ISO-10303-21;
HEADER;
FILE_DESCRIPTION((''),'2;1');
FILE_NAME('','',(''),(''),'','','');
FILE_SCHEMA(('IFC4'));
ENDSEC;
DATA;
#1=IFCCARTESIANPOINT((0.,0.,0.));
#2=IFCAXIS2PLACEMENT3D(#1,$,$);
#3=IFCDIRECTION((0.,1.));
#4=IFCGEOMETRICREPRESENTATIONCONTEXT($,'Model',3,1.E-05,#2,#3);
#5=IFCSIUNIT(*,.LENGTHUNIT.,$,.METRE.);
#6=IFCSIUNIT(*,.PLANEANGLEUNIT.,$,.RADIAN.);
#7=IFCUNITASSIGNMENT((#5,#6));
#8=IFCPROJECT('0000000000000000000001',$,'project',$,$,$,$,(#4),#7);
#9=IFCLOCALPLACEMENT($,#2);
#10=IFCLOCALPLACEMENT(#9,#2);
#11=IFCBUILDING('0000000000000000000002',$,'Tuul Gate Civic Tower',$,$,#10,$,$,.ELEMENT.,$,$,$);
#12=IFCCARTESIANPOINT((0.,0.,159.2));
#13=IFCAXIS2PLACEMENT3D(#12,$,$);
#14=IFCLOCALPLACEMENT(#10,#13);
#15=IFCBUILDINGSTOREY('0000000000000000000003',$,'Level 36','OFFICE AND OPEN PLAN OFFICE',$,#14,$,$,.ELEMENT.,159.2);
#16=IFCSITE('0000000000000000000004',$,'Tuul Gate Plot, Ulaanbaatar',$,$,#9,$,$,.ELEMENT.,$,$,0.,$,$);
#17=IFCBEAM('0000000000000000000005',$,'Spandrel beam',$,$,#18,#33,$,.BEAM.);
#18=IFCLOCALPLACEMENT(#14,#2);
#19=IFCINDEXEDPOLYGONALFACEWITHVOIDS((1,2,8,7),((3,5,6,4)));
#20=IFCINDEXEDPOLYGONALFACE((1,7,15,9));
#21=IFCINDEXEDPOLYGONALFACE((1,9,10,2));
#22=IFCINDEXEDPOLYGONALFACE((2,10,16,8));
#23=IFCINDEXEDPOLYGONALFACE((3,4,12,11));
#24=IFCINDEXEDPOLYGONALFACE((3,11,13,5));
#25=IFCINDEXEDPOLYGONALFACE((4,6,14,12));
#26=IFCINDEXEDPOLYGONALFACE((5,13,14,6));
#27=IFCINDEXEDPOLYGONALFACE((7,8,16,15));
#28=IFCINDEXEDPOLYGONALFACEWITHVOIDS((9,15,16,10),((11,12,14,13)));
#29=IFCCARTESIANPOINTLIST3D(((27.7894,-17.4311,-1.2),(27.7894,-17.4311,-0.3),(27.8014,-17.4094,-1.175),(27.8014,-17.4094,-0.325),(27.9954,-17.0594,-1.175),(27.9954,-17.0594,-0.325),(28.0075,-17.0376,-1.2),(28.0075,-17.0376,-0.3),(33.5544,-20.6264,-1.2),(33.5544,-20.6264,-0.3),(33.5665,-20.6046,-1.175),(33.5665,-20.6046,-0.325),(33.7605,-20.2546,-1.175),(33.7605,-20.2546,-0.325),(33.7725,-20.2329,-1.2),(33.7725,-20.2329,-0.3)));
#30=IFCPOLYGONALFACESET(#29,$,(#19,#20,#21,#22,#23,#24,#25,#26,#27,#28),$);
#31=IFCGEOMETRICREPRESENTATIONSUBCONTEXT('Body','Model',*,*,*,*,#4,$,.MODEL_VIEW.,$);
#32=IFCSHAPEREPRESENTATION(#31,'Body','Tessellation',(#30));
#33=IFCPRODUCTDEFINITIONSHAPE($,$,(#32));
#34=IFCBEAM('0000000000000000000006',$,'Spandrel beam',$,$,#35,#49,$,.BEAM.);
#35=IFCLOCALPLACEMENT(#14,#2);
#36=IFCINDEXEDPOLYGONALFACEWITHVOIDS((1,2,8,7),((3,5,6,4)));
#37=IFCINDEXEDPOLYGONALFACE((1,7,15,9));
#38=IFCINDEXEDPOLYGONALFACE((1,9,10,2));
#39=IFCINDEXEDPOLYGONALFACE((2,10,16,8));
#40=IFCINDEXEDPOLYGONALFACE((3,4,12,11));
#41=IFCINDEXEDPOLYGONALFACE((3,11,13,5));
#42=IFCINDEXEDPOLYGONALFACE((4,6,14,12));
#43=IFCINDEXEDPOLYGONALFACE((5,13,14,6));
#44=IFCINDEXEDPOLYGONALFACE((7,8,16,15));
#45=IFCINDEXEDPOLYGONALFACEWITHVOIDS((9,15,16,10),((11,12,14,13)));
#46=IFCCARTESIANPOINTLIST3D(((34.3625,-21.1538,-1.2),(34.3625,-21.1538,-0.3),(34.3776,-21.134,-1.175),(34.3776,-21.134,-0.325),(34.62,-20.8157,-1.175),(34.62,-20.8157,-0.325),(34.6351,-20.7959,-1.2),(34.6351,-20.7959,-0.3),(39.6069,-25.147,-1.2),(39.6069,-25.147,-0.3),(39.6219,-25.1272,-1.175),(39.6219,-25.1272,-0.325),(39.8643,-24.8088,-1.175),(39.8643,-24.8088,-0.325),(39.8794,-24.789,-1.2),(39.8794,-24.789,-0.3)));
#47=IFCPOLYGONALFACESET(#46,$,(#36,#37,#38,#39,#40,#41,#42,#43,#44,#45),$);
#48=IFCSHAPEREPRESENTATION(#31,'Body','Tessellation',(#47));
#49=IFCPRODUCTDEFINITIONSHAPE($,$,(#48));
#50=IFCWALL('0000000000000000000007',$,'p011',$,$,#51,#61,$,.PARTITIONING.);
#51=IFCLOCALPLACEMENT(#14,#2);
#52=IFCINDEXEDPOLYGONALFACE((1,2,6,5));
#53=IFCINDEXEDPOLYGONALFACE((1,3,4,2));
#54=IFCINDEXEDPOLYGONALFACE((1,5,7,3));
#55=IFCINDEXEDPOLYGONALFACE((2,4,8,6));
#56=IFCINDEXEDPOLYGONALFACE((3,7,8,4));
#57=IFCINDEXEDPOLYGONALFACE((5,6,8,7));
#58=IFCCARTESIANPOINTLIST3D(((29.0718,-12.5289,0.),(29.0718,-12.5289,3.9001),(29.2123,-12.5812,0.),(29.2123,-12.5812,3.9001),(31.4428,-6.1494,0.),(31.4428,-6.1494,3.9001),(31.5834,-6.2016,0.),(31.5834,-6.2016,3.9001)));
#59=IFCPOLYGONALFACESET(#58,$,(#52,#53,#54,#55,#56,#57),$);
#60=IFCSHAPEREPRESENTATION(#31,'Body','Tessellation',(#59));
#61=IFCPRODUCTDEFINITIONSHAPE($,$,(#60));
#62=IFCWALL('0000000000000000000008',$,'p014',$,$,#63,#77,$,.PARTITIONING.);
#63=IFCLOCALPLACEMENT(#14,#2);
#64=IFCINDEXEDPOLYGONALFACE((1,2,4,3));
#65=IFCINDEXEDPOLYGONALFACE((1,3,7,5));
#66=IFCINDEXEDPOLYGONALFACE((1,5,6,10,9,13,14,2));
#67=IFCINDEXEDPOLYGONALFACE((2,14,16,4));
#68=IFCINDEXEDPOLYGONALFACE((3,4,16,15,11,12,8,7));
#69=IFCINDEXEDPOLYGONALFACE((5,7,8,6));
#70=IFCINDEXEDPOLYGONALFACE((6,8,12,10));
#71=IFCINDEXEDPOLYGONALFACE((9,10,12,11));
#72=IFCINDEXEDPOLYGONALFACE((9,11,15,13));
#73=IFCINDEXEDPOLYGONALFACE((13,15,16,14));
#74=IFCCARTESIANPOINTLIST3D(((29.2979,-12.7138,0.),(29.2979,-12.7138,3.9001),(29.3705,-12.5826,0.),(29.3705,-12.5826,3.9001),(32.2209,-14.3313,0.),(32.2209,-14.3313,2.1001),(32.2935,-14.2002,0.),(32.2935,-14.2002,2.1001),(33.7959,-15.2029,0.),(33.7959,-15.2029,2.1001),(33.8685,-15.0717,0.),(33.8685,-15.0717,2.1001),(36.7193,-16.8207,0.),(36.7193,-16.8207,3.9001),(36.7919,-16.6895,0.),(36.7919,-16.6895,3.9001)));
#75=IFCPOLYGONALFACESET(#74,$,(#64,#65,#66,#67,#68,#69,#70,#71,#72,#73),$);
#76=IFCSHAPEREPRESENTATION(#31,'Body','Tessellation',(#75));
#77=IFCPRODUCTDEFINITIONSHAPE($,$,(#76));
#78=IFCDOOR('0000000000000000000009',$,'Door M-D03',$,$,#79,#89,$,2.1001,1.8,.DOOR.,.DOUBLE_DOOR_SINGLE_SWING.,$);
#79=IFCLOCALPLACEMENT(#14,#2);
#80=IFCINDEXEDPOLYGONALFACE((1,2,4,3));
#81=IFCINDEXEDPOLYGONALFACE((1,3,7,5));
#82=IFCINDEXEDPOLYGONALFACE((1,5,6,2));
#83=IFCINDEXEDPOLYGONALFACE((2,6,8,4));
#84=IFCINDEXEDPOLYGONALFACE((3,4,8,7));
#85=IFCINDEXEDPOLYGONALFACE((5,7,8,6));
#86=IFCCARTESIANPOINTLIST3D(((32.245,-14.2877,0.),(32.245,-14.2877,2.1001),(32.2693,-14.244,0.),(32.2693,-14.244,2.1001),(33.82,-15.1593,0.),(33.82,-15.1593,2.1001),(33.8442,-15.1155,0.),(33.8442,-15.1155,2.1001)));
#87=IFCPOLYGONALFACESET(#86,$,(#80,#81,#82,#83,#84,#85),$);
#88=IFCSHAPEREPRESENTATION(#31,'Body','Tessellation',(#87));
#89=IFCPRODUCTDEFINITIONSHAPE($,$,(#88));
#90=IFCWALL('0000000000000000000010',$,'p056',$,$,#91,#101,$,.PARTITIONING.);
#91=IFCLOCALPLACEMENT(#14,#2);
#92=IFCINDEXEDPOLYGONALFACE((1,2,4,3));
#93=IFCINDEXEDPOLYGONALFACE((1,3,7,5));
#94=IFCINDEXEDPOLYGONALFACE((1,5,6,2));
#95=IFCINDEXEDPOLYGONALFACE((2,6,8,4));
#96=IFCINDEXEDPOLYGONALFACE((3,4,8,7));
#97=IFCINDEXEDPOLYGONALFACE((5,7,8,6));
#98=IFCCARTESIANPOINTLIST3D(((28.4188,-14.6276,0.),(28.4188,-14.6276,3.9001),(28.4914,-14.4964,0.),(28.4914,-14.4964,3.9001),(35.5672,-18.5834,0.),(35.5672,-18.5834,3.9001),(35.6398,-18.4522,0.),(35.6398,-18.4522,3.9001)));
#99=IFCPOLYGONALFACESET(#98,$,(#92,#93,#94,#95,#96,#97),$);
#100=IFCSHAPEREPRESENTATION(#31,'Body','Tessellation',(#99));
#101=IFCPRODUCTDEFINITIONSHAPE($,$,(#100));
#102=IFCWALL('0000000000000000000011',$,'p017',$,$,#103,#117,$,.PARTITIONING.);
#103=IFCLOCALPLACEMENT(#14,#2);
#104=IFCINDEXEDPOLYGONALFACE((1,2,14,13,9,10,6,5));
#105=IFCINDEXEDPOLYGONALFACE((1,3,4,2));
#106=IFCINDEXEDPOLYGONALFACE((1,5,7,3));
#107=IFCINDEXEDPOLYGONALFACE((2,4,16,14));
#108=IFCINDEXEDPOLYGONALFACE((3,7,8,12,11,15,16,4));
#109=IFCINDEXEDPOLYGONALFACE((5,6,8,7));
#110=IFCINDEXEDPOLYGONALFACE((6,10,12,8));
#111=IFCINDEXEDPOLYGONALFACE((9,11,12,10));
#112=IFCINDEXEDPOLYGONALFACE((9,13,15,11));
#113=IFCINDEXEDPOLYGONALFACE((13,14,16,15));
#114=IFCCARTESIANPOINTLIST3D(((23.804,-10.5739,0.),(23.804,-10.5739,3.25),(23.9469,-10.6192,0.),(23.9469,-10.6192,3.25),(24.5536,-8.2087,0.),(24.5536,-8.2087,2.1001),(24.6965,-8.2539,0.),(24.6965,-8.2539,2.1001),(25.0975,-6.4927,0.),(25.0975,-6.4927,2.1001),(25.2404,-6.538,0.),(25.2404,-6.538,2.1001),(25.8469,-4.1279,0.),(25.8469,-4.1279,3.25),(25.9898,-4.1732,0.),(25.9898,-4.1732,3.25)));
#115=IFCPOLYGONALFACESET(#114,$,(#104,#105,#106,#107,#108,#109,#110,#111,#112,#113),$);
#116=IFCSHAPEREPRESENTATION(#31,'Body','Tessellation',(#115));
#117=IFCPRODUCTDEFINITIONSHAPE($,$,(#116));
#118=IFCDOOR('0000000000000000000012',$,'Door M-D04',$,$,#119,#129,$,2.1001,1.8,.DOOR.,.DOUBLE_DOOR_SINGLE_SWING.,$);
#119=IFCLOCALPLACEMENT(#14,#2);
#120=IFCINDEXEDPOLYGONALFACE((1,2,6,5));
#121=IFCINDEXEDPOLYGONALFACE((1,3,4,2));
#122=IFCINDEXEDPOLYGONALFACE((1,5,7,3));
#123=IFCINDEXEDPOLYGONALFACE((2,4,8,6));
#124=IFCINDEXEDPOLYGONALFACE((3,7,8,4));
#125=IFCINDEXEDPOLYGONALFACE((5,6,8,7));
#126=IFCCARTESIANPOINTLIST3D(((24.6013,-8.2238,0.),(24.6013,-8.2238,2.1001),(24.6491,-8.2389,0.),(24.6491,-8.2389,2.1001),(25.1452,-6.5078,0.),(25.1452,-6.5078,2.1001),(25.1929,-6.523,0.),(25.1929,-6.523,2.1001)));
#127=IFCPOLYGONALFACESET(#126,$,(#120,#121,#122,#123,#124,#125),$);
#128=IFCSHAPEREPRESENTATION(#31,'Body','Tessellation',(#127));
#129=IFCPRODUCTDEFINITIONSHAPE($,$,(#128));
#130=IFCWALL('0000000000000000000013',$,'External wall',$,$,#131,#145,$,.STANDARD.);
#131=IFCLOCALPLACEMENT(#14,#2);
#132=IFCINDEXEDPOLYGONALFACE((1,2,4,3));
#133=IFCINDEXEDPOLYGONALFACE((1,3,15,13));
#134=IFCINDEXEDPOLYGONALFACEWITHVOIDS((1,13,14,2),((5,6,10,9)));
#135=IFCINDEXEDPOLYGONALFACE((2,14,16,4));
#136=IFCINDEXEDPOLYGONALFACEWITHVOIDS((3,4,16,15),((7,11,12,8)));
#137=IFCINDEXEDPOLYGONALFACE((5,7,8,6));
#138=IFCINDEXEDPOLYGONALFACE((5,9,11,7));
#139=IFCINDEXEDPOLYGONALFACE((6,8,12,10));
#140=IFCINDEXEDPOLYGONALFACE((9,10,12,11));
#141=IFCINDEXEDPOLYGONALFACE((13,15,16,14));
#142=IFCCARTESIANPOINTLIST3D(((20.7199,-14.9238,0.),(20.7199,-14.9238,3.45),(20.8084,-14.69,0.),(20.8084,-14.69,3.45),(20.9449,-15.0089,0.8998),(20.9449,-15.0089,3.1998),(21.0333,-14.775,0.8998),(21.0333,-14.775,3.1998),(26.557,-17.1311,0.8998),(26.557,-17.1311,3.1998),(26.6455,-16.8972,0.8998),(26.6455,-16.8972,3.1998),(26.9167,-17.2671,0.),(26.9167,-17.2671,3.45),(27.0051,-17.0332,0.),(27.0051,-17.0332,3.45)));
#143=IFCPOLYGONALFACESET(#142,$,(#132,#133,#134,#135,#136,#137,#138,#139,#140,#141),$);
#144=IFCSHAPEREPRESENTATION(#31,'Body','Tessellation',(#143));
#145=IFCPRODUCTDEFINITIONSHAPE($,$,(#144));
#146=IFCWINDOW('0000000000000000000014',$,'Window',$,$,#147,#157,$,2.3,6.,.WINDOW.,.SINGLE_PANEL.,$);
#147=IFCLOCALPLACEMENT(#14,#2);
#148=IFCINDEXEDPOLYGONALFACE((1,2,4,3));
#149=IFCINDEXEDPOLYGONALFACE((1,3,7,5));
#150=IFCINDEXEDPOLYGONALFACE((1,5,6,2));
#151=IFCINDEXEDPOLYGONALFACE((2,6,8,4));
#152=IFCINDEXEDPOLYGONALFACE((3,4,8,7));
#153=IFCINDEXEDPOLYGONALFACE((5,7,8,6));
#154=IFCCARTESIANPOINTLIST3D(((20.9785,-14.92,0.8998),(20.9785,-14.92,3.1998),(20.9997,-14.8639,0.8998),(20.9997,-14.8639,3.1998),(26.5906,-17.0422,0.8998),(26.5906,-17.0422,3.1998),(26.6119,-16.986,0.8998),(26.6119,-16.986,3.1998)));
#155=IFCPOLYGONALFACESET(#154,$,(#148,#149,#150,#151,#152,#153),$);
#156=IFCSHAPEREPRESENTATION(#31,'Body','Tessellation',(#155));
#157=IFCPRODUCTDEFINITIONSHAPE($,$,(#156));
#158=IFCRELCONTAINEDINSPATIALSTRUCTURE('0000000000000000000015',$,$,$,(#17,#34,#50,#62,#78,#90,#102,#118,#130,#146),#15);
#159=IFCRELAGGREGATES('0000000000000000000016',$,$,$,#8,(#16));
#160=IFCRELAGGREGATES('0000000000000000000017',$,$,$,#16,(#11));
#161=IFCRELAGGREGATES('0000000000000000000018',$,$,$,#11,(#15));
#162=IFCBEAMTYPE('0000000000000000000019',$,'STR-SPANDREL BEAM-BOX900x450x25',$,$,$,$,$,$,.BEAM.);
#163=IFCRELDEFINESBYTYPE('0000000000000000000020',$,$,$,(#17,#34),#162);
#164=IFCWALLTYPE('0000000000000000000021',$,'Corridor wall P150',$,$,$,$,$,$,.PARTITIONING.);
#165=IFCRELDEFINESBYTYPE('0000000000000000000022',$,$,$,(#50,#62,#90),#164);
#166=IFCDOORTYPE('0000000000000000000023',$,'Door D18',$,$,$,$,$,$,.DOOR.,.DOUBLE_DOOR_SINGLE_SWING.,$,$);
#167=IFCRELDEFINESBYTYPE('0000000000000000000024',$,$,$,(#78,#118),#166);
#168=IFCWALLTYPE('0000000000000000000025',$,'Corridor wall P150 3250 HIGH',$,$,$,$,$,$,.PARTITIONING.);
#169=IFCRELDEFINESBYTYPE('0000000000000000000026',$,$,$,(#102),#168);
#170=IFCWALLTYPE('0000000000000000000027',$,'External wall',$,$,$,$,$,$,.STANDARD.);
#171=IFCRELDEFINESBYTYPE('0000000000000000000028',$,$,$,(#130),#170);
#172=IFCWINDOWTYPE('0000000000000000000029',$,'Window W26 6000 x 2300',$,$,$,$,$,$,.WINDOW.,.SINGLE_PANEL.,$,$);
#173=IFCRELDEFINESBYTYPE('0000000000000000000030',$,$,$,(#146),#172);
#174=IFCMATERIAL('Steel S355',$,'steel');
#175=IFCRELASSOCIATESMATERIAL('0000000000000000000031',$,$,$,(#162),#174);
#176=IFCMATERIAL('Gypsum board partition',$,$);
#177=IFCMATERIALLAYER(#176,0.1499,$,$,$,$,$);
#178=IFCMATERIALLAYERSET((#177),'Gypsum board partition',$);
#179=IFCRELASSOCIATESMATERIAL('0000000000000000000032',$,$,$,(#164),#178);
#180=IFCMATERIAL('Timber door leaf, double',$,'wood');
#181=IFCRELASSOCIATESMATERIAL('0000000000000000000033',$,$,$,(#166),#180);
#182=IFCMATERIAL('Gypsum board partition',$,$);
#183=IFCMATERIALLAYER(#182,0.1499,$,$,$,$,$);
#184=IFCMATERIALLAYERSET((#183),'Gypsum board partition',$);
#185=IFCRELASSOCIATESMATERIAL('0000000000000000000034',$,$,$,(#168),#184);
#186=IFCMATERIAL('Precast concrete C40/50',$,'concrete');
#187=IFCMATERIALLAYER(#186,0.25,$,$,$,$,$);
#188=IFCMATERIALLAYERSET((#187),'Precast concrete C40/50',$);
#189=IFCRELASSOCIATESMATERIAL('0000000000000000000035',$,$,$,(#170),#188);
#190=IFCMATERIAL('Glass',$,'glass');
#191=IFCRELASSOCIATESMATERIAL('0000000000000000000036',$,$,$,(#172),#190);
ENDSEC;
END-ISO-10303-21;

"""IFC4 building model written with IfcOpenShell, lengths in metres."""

from ifc_helpers import new_model, si_unit, direction, frame, frame_2d, origin, origin_2d, place, context, subcontext, project, spatial, rectangle, hollow_rectangle, extrude, material, layer, layer_set, material_profile, profile_set, type_object, element, fill, save


model = new_model("IFC4")

# Units and contexts
model_context = context("Model", 3, precision=1e-05, world=origin(), true_north=direction((0.0, 1.0)))
body_context = subcontext(model_context, "Body", "Model", "MODEL_VIEW")
ifc_project = project(units=[si_unit("LENGTHUNIT", "METRE"), si_unit("PLANEANGLEUNIT", "RADIAN")], contexts=[model_context])

# Site, building, storey
site_placement = place(None, origin())
site = spatial("IfcSite", under=ifc_project, at=site_placement, Name="Tuul Gate Plot, Ulaanbaatar", CompositionType="ELEMENT", RefElevation=0.0)
building_placement = place(site_placement, origin())
building = spatial("IfcBuilding", under=site, at=building_placement, Name="Tuul Gate Civic Tower", CompositionType="ELEMENT")
storey_placement = place(building_placement, frame((0.0, 0.0, 159.2)))
storey = spatial("IfcBuildingStorey", under=building, at=storey_placement, Name="Level 36", Description="OFFICE AND OPEN PLAN OFFICE", CompositionType="ELEMENT", Elevation=159.2)

# Beams
ifc_material_1 = material(Name="Steel S355", Category="steel")
ifc_material_profile_1 = material_profile(ifc_material_1, hollow_rectangle(XDim=0.45, YDim=0.8999, WallThickness=0.0249, at=origin_2d()), Name="BOX900x450x25")
ifc_profile_set_1 = profile_set([ifc_material_profile_1], Name="Steel S355")
beam_type_1 = type_object("IfcBeamType", Name="STR-SPANDREL BEAM-BOX900x450x25", PredefinedType="BEAM", material=ifc_profile_set_1)
beam_1_placement = place(storey_placement, frame((27.8984, -17.2344, -0.75), z_axis=(0.874643, -0.484768, 0.0), x_axis=(0.484768, 0.874643, 0.0)))
element("IfcBeam", 1, at=beam_1_placement, inside=storey, type_object=beam_type_1, Name="Spandrel beam", PredefinedType="BEAM", context=body_context, shape_type="SweptSolid", body=[
    extrude(hollow_rectangle(XDim=0.45, YDim=0.8999, WallThickness=0.0249, at=origin_2d()), origin(), (0.0, 0.0, 1.0), 6.5913),
])
beam_2_placement = place(storey_placement, frame((34.4988, -20.9749, -0.75), z_axis=(0.795619, -0.605798, 0.0), x_axis=(0.605798, 0.795619, 0.0)))
element("IfcBeam", 2, at=beam_2_placement, inside=storey, type_object=beam_type_1, Name="Spandrel beam", PredefinedType="BEAM", context=body_context, shape_type="SweptSolid", body=[
    extrude(hollow_rectangle(XDim=0.45, YDim=0.8999, WallThickness=0.0249, at=origin_2d()), origin(), (0.0, 0.0, 1.0), 6.5916),
])

# Wall
ifc_material_2 = material(Name="Gypsum board partition")
ifc_layer_1 = layer(ifc_material_2, 0.1499)
ifc_layer_set_1 = layer_set([ifc_layer_1], Name="Gypsum board partition")
wall_type_1 = type_object("IfcWallType", Name="Corridor wall P150", PredefinedType="PARTITIONING", material=ifc_layer_set_1)
wall_1_placement = place(storey_placement, frame((29.1421, -12.5549, 0.0), z_axis=(0.0, 0.0, 1.0), x_axis=(0.348382, 0.937353, 0.0)))
element("IfcWall", 3, at=wall_1_placement, inside=storey, type_object=wall_type_1, Name="p011", PredefinedType="PARTITIONING", context=body_context, shape_type="SweptSolid", body=[
    extrude(rectangle(XDim=6.8059, YDim=0.1499, at=frame_2d((3.4028, 0.0))), origin(), (0.0, 0.0, 1.0), 3.9001),
])

# Wall, opening, door
wall_2_placement = place(storey_placement, frame((29.3342, -12.6482, 0.0), z_axis=(0.0, 0.0, 1.0), x_axis=(0.87496, -0.484195, 0.0)))
wall_2 = element("IfcWall", 4, at=wall_2_placement, inside=storey, type_object=wall_type_1, Name="p014", PredefinedType="PARTITIONING", context=body_context, shape_type="SweptSolid", body=[
    extrude(rectangle(XDim=8.4819, YDim=0.1499, at=frame_2d((4.241, 0.0))), origin(), (0.0, 0.0, 1.0), 3.9001),
])
opening_1_placement = place(wall_2_placement, frame((3.3408, 0.0, 0.0)))
opening_1 = element("IfcOpeningElement", 5, at=opening_1_placement, cuts=wall_2, PredefinedType="OPENING", context=body_context, shape_type="SweptSolid", body=[
    extrude(rectangle(XDim=1.8, YDim=2.1001, at=frame_2d((0.8999, 1.05))), frame((0.0, 0.085, 0.0), z_axis=(0.0, -1.0, 0.0), x_axis=(1.0, 0.0, 0.0)), (0.0, 0.0, 1.0), 0.1699),
])
ifc_material_3 = material(Name="Timber door leaf, double", Category="wood")
door_type = type_object("IfcDoorType", Name="Door D18", OperationType="DOUBLE_DOOR_SINGLE_SWING", PredefinedType="DOOR", material=ifc_material_3)
door_1_placement = place(opening_1_placement, origin())
door_1 = element("IfcDoor", 6, at=door_1_placement, inside=storey, type_object=door_type, Name="Door M-D03", OperationType="DOUBLE_DOOR_SINGLE_SWING", OverallHeight=2.1001, OverallWidth=1.8, PredefinedType="DOOR", context=body_context, shape_type="SweptSolid", body=[
    extrude(rectangle(XDim=1.8, YDim=2.1001, at=frame_2d((0.8999, 1.05))), frame((0.0, 0.0249, 0.0), z_axis=(0.0, -1.0, 0.0), x_axis=(1.0, 0.0, 0.0)), (0.0, 0.0, 1.0), 0.05),
])
fill(opening_1, door_1)

# Wall
wall_3_placement = place(storey_placement, frame((28.4551, -14.562, 0.0), z_axis=(0.0, 0.0, 1.0), x_axis=(0.874964, -0.484188, 0.0)))
element("IfcWall", 7, at=wall_3_placement, inside=storey, type_object=wall_type_1, Name="p056", PredefinedType="PARTITIONING", context=body_context, shape_type="SweptSolid", body=[
    extrude(rectangle(XDim=8.1699, YDim=0.1499, at=frame_2d((4.085, 0.0))), origin(), (0.0, 0.0, 1.0), 3.9001),
])

# Wall, opening, door
ifc_material_4 = material(Name="Gypsum board partition")
ifc_layer_2 = layer(ifc_material_4, 0.1499)
ifc_layer_set_2 = layer_set([ifc_layer_2], Name="Gypsum board partition")
wall_type_2 = type_object("IfcWallType", Name="Corridor wall P150 3250 HIGH", PredefinedType="PARTITIONING", material=ifc_layer_set_2)
wall_4_placement = place(storey_placement, frame((23.8755, -10.5964, 0.0), z_axis=(0.0, 0.0, 1.0), x_axis=(0.302123, 0.953269, 0.0)))
wall_4 = element("IfcWall", 8, at=wall_4_placement, inside=storey, type_object=wall_type_2, Name="p017", PredefinedType="PARTITIONING", context=body_context, shape_type="SweptSolid", body=[
    extrude(rectangle(XDim=6.762, YDim=0.1499, at=frame_2d((3.3809, 0.0))), origin(), (0.0, 0.0, 1.0), 3.25),
])
opening_2_placement = place(wall_4_placement, frame((2.4812, 0.0, 0.0)))
opening_2 = element("IfcOpeningElement", 9, at=opening_2_placement, cuts=wall_4, PredefinedType="OPENING", context=body_context, shape_type="SweptSolid", body=[
    extrude(rectangle(XDim=1.8, YDim=2.1001, at=frame_2d((0.8999, 1.05))), frame((0.0, 0.085, 0.0), z_axis=(0.0, -1.0, 0.0), x_axis=(1.0, 0.0, 0.0)), (0.0, 0.0, 1.0), 0.1699),
])
door_2_placement = place(opening_2_placement, origin())
door_2 = element("IfcDoor", 10, at=door_2_placement, inside=storey, type_object=door_type, Name="Door M-D04", OperationType="DOUBLE_DOOR_SINGLE_SWING", OverallHeight=2.1001, OverallWidth=1.8, PredefinedType="DOOR", context=body_context, shape_type="SweptSolid", body=[
    extrude(rectangle(XDim=1.8, YDim=2.1001, at=frame_2d((0.8999, 1.05))), frame((0.0, 0.0249, 0.0), z_axis=(0.0, -1.0, 0.0), x_axis=(1.0, 0.0, 0.0)), (0.0, 0.0, 1.0), 0.05),
])
fill(opening_2, door_2)

# Wall, opening, window
ifc_material_5 = material(Name="Precast concrete C40/50", Category="concrete")
ifc_layer_3 = layer(ifc_material_5, 0.25)
ifc_layer_set_3 = layer_set([ifc_layer_3], Name="Precast concrete C40/50")
wall_type_3 = type_object("IfcWallType", Name="External wall", PredefinedType="STANDARD", material=ifc_layer_set_3)
wall_5_placement = place(storey_placement, frame((20.7642, -14.8069, 0.0), z_axis=(0.0, 0.0, 1.0), x_axis=(0.935359, -0.353699, 0.0)))
wall_5 = element("IfcWall", 11, at=wall_5_placement, inside=storey, type_object=wall_type_3, Name="External wall", PredefinedType="STANDARD", context=body_context, shape_type="SweptSolid", body=[
    extrude(rectangle(XDim=6.625, YDim=0.25, at=frame_2d((3.3125, 0.0))), origin(), (0.0, 0.0, 1.0), 3.45),
])
opening_3_placement = place(wall_5_placement, frame((0.2405, 0.0, 0.8999)))
opening_3 = element("IfcOpeningElement", 12, at=opening_3_placement, cuts=wall_5, PredefinedType="OPENING", context=body_context, shape_type="SweptSolid", body=[
    extrude(rectangle(XDim=6.0, YDim=2.3, at=frame_2d((3.0, 1.1499))), frame((0.0, 0.135, 0.0), z_axis=(0.0, -1.0, 0.0), x_axis=(1.0, 0.0, 0.0)), (0.0, 0.0, 1.0), 0.27),
])
ifc_material_6 = material(Name="Glass", Category="glass")
window_type = type_object("IfcWindowType", Name="Window W26 6000 x 2300", PartitioningType="SINGLE_PANEL", PredefinedType="WINDOW", material=ifc_material_6)
window_1_placement = place(opening_3_placement, origin())
window_1 = element("IfcWindow", 13, at=window_1_placement, inside=storey, type_object=window_type, Name="Window", OverallHeight=2.3, OverallWidth=6.0, PartitioningType="SINGLE_PANEL", PredefinedType="WINDOW", context=body_context, shape_type="SweptSolid", body=[
    extrude(rectangle(XDim=6.0, YDim=2.3, at=frame_2d((3.0, 1.1499))), frame((0.0, 0.03, 0.0), z_axis=(0.0, -1.0, 0.0), x_axis=(1.0, 0.0, 0.0)), (0.0, 0.0, 1.0), 0.0601),
])
fill(opening_3, window_1)

save(model, "model.ifc")
